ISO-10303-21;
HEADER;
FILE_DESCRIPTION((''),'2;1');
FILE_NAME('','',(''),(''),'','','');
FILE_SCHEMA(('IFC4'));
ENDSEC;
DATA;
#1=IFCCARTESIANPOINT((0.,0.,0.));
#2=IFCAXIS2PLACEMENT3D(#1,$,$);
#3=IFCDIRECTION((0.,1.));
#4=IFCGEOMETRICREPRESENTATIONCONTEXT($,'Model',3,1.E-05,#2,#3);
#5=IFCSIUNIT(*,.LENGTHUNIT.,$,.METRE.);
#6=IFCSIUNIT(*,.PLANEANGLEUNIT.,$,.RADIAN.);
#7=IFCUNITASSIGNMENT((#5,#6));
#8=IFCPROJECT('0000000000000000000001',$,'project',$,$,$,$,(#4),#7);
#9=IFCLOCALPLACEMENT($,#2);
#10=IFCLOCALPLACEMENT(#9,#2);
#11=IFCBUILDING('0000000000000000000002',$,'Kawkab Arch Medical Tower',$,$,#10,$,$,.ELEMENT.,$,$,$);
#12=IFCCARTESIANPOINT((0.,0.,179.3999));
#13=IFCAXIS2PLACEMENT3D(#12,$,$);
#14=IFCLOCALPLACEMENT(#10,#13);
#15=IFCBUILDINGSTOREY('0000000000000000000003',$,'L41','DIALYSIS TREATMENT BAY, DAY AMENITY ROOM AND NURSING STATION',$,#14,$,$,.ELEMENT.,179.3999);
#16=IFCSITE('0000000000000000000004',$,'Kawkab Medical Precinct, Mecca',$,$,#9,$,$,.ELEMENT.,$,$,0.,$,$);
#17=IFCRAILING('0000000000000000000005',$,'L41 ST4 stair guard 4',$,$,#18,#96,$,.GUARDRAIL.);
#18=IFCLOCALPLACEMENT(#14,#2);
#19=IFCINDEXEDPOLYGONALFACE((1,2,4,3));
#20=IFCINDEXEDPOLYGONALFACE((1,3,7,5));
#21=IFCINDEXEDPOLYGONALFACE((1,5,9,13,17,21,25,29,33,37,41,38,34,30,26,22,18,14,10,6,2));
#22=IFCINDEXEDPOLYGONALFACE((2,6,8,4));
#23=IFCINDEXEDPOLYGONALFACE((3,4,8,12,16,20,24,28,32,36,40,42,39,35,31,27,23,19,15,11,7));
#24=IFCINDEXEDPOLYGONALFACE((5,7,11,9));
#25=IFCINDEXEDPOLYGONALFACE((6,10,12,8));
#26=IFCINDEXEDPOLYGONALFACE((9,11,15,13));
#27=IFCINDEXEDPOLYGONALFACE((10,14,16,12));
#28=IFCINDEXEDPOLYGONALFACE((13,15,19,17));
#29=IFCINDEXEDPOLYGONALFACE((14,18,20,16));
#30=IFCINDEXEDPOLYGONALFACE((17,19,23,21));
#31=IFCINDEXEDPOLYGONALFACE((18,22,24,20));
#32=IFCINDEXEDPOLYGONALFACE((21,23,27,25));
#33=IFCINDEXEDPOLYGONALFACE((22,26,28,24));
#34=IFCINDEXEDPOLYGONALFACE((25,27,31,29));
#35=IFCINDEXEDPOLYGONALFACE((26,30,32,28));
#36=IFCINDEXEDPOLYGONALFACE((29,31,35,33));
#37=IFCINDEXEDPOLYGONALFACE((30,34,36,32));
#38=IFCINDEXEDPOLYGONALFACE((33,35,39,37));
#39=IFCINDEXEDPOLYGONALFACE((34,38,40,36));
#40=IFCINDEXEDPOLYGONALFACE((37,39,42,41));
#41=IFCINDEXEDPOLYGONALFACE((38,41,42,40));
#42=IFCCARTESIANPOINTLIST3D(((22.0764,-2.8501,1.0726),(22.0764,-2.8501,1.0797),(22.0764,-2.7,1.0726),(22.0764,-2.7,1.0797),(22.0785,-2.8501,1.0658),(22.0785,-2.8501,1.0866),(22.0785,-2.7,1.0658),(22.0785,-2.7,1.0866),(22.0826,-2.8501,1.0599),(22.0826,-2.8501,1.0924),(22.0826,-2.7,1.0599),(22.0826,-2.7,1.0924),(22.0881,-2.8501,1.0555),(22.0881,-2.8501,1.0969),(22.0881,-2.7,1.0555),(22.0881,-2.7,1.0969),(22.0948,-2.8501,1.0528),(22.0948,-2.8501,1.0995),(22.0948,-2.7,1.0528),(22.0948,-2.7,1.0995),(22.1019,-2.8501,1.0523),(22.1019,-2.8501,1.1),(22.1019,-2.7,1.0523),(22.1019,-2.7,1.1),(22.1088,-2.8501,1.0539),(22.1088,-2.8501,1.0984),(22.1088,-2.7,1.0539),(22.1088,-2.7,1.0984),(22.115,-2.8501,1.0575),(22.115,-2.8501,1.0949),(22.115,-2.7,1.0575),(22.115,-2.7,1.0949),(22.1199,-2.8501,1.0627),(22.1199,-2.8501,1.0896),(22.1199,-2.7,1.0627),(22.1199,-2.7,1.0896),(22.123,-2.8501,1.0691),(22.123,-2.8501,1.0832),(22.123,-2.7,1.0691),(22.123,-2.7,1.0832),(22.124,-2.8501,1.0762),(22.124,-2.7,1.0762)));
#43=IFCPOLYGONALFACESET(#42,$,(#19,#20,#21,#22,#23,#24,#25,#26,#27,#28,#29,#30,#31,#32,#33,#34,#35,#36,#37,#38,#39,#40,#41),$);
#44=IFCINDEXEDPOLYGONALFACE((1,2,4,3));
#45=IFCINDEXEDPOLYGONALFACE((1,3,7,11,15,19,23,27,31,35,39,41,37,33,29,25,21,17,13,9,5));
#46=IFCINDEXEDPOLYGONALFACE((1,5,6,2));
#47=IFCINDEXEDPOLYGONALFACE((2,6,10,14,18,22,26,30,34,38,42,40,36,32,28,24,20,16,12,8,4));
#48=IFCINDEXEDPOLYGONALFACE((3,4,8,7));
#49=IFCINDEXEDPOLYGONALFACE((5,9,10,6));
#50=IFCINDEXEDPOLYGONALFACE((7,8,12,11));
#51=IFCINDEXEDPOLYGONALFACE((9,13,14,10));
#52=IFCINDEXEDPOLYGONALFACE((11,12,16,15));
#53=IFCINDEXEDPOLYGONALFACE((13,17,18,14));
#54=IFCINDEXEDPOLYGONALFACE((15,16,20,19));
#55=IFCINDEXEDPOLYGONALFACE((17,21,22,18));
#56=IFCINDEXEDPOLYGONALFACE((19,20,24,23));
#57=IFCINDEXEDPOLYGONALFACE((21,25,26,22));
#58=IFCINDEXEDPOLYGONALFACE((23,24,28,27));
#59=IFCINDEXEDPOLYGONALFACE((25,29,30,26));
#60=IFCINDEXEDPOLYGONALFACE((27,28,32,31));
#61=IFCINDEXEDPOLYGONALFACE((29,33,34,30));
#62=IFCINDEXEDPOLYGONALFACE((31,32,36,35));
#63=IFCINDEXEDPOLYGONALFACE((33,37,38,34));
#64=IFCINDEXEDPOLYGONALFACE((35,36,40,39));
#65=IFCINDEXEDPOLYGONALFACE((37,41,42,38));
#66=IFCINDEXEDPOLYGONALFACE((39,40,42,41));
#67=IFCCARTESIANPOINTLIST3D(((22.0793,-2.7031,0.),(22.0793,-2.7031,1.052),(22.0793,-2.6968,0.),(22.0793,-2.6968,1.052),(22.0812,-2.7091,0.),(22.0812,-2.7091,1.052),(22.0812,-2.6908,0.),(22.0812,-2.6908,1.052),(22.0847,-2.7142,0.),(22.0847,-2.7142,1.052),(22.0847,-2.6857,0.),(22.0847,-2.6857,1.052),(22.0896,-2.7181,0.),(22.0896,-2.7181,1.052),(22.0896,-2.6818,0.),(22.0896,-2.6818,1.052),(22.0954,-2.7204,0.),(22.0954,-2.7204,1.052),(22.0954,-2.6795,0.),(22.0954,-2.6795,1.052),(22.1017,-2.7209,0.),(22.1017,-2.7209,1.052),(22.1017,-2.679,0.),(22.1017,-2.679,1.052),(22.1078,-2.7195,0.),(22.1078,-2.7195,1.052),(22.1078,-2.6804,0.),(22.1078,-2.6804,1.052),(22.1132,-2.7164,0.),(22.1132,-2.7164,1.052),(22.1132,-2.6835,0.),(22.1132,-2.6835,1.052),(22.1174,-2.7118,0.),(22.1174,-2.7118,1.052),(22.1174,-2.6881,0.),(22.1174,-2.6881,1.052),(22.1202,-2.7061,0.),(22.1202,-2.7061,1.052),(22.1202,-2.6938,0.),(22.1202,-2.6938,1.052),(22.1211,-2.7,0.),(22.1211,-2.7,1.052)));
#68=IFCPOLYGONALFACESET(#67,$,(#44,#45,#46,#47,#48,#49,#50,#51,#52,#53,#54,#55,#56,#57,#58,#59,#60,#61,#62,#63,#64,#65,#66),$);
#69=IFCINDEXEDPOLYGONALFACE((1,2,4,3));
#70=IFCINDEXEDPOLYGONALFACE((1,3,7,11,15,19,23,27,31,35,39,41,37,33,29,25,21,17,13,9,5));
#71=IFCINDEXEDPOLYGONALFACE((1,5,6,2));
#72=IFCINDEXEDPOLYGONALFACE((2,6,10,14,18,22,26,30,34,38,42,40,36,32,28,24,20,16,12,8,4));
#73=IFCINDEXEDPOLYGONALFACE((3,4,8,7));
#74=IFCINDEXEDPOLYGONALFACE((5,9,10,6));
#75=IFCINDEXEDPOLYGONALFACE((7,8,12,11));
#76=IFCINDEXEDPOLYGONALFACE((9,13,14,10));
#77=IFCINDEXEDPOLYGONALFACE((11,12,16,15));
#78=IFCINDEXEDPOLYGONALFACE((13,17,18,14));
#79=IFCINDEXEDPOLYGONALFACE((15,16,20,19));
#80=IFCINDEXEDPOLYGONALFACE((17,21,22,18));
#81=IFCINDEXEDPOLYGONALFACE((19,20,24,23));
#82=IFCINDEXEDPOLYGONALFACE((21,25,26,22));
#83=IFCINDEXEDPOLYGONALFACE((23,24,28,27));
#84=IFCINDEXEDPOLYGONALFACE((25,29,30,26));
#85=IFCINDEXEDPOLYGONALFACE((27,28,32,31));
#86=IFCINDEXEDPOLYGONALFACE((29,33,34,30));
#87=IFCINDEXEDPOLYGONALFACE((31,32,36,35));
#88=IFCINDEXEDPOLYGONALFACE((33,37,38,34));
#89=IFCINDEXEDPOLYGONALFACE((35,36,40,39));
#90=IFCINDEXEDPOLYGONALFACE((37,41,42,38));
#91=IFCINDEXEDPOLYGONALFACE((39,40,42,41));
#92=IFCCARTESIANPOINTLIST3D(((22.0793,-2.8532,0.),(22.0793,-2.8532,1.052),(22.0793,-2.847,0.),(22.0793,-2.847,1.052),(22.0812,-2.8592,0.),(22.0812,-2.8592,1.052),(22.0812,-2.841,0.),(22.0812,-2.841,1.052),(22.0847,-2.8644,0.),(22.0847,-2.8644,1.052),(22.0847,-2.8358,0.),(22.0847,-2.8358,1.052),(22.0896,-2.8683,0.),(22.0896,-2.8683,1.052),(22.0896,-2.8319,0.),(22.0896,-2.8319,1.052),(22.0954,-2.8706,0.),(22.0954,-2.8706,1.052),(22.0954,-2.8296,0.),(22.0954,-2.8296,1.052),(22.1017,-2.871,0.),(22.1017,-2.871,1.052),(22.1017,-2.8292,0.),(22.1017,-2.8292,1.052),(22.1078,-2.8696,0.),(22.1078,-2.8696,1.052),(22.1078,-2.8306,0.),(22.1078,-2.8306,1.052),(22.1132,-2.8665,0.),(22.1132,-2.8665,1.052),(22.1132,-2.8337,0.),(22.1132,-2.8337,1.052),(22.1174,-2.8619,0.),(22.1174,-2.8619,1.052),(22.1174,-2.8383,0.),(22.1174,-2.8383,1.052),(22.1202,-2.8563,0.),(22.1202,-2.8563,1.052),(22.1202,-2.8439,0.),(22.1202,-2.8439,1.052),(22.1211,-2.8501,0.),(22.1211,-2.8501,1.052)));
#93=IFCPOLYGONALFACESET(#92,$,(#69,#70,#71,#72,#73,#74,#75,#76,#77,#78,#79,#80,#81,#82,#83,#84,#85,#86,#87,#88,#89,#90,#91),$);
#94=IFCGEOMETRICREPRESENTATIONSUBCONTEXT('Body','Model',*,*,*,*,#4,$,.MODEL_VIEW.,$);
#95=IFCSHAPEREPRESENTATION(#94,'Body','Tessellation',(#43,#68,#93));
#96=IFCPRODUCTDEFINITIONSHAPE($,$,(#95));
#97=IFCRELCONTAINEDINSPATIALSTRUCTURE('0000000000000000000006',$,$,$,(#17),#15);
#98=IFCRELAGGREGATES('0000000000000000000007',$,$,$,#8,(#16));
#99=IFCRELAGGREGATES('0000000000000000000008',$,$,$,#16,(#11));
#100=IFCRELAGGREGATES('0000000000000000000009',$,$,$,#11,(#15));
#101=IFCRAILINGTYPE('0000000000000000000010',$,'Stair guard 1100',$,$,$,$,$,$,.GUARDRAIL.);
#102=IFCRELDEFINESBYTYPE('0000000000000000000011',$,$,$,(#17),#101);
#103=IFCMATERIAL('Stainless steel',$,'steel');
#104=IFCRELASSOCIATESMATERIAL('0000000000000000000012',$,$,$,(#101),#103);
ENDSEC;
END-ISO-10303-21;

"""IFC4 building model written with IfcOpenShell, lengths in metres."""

from ifc_helpers import new_model, si_unit, direction, frame, origin, origin_2d, place, context, subcontext, project, spatial, circle, extrude, material, type_object, element, save


model = new_model("IFC4")

# Units and contexts
model_context = context("Model", 3, precision=1e-05, world=origin(), true_north=direction((0.0, 1.0)))
body_context = subcontext(model_context, "Body", "Model", "MODEL_VIEW")
ifc_project = project(units=[si_unit("LENGTHUNIT", "METRE"), si_unit("PLANEANGLEUNIT", "RADIAN")], contexts=[model_context])

# Site, building, storey
site_placement = place(None, origin())
site = spatial("IfcSite", under=ifc_project, at=site_placement, Name="Kawkab Medical Precinct, Mecca", CompositionType="ELEMENT", RefElevation=0.0)
building_placement = place(site_placement, origin())
building = spatial("IfcBuilding", under=site, at=building_placement, Name="Kawkab Arch Medical Tower", CompositionType="ELEMENT")
storey_placement = place(building_placement, frame((0.0, 0.0, 179.3999)))
storey = spatial("IfcBuildingStorey", under=building, at=storey_placement, Name="L41", Description="DIALYSIS TREATMENT BAY, DAY AMENITY ROOM AND NURSING STATION", CompositionType="ELEMENT", Elevation=179.3999)

# Railing
ifc_material_1 = material(Name="Stainless steel", Category="steel")
railing_type = type_object("IfcRailingType", Name="Stair guard 1100", PredefinedType="GUARDRAIL", material=ifc_material_1)
railing_1_placement = place(storey_placement, frame((22.1001, -2.7, 0.0)))
element("IfcRailing", 1, at=railing_1_placement, inside=storey, type_object=railing_type, Name="L41 ST4 stair guard 4", PredefinedType="GUARDRAIL", context=body_context, shape_type="SweptSolid", body=[
    extrude(circle(Radius=0.0239, at=origin_2d()), frame((0.0, 0.0, 1.0762), z_axis=(0.0, -1.0, 0.0), x_axis=(1.0, 0.0, 0.0)), (0.0, 0.0, 1.0), 0.1501),
    extrude(circle(Radius=0.021, at=origin_2d()), origin(), (0.0, 0.0, 1.0), 1.052),
    extrude(circle(Radius=0.021, at=origin_2d()), frame((0.0, -0.1501, 0.0)), (0.0, 0.0, 1.0), 1.052),
])

save(model, "model.ifc")
